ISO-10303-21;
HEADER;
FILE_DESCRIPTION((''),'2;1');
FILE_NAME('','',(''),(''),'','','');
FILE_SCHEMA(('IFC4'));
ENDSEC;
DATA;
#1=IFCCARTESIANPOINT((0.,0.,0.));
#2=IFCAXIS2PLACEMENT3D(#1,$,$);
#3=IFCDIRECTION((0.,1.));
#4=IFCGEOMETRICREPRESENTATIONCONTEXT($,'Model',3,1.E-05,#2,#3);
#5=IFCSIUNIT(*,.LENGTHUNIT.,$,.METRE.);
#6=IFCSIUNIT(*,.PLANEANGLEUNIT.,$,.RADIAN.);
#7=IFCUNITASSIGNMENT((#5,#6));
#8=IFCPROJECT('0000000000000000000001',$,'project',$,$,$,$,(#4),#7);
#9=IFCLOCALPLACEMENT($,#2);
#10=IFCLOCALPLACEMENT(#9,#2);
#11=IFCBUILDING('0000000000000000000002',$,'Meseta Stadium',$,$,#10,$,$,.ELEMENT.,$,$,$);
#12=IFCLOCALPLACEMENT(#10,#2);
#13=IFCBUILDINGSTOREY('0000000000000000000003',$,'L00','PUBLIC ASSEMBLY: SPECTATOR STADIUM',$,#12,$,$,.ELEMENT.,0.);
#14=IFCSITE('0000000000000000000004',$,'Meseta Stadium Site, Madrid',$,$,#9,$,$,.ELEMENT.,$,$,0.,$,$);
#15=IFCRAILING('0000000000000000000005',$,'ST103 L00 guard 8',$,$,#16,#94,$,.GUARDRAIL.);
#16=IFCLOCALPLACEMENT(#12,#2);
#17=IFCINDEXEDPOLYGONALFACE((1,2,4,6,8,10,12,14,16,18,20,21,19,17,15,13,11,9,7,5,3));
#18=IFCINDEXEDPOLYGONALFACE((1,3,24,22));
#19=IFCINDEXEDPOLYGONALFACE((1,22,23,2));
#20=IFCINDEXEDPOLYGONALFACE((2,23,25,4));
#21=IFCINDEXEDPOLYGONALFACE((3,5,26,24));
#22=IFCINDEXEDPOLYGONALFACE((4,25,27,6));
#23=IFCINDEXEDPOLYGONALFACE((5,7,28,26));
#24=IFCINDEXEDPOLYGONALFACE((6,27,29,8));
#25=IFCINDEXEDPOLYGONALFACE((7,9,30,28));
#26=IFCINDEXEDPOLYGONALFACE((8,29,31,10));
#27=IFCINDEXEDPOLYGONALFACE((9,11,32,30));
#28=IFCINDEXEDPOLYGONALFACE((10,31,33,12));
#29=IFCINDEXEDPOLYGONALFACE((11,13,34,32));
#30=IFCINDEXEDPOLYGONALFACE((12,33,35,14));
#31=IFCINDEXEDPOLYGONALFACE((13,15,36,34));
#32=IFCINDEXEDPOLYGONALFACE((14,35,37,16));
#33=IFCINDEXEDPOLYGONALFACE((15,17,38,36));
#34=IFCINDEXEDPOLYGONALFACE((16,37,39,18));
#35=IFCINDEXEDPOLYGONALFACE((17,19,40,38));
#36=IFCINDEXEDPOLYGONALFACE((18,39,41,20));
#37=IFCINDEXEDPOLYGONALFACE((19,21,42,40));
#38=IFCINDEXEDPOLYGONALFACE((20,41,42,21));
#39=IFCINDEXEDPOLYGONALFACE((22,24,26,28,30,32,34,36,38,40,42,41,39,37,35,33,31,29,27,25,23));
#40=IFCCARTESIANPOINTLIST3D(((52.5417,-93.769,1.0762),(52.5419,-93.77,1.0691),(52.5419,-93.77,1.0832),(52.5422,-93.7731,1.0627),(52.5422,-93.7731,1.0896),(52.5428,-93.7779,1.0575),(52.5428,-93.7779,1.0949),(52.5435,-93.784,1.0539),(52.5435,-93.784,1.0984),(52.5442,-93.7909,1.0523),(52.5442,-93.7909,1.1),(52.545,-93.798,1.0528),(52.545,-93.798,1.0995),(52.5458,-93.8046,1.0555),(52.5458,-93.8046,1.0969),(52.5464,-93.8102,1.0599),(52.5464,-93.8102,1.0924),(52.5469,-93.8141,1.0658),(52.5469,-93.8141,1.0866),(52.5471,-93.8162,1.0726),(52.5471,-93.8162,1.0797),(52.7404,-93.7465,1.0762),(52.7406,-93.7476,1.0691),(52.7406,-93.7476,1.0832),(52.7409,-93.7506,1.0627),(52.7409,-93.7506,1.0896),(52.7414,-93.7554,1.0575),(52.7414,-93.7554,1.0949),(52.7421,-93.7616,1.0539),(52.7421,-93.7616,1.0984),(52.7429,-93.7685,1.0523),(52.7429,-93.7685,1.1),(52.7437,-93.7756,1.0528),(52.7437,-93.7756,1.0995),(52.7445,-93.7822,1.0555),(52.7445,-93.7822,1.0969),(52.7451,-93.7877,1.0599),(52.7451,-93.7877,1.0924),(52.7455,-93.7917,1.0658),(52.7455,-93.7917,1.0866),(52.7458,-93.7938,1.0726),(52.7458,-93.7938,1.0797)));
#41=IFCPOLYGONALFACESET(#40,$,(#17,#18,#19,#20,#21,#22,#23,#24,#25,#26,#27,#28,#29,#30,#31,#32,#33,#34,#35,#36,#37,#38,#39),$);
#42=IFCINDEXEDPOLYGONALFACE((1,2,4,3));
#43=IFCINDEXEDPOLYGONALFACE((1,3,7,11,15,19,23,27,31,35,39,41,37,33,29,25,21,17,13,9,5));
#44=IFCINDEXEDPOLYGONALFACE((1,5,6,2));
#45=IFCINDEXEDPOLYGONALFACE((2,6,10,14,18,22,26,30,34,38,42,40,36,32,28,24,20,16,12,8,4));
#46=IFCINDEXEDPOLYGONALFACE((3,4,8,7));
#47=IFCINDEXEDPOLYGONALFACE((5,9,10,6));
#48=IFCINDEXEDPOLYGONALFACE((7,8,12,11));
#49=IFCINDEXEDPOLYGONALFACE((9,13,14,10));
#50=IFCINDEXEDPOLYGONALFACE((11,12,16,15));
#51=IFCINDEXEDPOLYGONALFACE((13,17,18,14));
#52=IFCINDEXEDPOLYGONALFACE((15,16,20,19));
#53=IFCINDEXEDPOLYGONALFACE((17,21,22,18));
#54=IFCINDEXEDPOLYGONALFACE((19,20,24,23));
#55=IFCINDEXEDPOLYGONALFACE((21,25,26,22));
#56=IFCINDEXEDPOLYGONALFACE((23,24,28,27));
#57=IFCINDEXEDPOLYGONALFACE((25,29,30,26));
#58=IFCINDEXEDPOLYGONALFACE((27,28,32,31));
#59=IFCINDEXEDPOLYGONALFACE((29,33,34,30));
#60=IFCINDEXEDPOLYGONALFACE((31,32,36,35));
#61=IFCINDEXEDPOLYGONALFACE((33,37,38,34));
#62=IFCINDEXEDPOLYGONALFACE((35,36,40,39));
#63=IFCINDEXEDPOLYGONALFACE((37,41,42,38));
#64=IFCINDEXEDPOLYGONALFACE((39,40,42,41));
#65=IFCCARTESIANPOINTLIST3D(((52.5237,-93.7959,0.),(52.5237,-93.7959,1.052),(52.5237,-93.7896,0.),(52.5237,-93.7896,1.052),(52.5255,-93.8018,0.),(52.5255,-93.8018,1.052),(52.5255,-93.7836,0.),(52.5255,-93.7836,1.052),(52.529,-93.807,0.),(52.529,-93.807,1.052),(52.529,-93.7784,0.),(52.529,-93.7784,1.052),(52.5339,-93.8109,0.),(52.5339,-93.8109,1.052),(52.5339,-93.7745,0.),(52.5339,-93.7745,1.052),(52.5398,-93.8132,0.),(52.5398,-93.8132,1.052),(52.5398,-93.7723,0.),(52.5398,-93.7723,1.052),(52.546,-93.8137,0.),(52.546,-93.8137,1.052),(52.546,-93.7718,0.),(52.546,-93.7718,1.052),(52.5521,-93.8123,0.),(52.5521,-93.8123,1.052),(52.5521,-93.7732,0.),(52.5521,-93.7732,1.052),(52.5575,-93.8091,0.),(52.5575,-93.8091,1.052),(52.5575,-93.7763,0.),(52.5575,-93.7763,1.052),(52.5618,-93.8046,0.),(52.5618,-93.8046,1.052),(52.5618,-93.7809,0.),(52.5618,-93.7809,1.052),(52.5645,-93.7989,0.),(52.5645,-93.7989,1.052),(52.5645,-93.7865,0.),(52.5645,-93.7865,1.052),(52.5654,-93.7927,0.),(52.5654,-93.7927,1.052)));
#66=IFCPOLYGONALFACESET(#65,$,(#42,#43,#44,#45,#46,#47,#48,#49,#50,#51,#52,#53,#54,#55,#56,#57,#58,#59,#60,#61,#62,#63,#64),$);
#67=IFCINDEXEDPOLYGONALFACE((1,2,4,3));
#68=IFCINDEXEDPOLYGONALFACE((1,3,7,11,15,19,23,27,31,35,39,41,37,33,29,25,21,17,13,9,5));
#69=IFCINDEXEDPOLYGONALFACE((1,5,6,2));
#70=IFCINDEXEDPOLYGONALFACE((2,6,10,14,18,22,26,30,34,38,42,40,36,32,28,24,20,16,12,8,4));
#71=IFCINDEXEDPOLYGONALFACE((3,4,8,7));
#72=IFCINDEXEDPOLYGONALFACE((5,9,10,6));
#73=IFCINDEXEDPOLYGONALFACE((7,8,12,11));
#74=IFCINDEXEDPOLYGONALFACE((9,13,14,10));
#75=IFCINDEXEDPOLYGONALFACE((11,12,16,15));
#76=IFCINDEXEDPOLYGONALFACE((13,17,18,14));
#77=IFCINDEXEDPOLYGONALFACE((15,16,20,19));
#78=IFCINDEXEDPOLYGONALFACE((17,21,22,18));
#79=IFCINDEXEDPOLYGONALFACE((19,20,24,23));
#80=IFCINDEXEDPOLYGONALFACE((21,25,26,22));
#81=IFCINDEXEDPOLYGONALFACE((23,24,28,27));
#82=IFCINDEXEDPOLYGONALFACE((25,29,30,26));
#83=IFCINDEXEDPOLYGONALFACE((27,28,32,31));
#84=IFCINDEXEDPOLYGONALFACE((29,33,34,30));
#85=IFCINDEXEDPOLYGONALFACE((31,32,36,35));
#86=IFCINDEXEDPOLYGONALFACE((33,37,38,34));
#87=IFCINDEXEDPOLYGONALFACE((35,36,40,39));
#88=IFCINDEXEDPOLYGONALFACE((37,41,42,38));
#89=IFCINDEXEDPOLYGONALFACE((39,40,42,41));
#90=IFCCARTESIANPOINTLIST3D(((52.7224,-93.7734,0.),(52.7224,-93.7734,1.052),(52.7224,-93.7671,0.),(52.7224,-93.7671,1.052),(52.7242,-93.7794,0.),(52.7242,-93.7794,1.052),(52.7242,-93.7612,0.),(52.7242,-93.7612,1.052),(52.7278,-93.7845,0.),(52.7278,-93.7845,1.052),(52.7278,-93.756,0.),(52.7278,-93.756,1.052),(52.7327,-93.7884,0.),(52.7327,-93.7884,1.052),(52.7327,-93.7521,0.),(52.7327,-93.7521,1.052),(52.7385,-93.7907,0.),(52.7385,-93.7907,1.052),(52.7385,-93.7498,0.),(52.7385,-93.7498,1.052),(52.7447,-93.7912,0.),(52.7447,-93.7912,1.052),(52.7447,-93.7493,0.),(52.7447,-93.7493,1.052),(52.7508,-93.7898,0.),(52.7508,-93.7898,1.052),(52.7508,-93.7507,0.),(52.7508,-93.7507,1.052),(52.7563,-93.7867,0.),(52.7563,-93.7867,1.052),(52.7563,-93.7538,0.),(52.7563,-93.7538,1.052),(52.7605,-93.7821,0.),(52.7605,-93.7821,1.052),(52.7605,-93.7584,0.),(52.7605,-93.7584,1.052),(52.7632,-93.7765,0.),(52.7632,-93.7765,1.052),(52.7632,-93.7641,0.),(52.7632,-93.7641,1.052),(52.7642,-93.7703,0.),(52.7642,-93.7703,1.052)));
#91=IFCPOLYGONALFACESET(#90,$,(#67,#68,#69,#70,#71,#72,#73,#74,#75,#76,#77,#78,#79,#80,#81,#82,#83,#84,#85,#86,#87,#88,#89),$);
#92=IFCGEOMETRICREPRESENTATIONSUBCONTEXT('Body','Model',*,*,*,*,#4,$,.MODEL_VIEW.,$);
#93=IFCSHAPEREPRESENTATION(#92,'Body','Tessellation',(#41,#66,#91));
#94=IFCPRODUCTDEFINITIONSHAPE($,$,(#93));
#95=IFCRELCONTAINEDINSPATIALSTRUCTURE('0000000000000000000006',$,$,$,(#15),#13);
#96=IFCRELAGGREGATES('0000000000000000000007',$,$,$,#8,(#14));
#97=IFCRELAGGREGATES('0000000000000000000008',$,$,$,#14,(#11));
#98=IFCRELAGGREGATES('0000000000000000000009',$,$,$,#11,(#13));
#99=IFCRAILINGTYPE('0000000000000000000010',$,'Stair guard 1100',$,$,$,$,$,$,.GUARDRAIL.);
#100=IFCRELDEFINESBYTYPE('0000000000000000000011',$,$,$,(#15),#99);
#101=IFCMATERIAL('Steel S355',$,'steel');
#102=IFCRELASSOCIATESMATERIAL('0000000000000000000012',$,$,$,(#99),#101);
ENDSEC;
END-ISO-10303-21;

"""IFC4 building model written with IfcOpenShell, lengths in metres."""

from ifc_helpers import new_model, si_unit, direction, frame, origin, origin_2d, place, context, subcontext, project, spatial, circle, extrude, material, type_object, element, save


model = new_model("IFC4")

# Units and contexts
model_context = context("Model", 3, precision=1e-05, world=origin(), true_north=direction((0.0, 1.0)))
body_context = subcontext(model_context, "Body", "Model", "MODEL_VIEW")
ifc_project = project(units=[si_unit("LENGTHUNIT", "METRE"), si_unit("PLANEANGLEUNIT", "RADIAN")], contexts=[model_context])

# Site, building, storey
site_placement = place(None, origin())
site = spatial("IfcSite", under=ifc_project, at=site_placement, Name="Meseta Stadium Site, Madrid", CompositionType="ELEMENT", RefElevation=0.0)
building_placement = place(site_placement, origin())
building = spatial("IfcBuilding", under=site, at=building_placement, Name="Meseta Stadium", CompositionType="ELEMENT")
storey_placement = place(building_placement, origin())
storey = spatial("IfcBuildingStorey", under=building, at=storey_placement, Name="L00", Description="PUBLIC ASSEMBLY: SPECTATOR STADIUM", CompositionType="ELEMENT", Elevation=0.0)

# Railing
ifc_material_1 = material(Name="Steel S355", Category="steel")
railing_type = type_object("IfcRailingType", Name="Stair guard 1100", PredefinedType="GUARDRAIL", material=ifc_material_1)
railing_1_placement = place(storey_placement, frame((52.5444, -93.7927, 0.0)))
element("IfcRailing", 1, at=railing_1_placement, inside=storey, type_object=railing_type, Name="ST103 L00 guard 8", PredefinedType="GUARDRAIL", context=body_context, shape_type="SweptSolid", body=[
    extrude(circle(Radius=0.0239, at=origin_2d()), frame((0.0, 0.0, 1.0762), z_axis=(0.993674, 0.112307, 0.0), x_axis=(-0.112307, 0.993674, 0.0)), (0.0, 0.0, 1.0), 0.2),
    extrude(circle(Radius=0.021, at=origin_2d()), origin(), (0.0, 0.0, 1.0), 1.052),
    extrude(circle(Radius=0.021, at=origin_2d()), frame((0.1987, 0.0225, 0.0)), (0.0, 0.0, 1.0), 1.052),
])

save(model, "model.ifc")
